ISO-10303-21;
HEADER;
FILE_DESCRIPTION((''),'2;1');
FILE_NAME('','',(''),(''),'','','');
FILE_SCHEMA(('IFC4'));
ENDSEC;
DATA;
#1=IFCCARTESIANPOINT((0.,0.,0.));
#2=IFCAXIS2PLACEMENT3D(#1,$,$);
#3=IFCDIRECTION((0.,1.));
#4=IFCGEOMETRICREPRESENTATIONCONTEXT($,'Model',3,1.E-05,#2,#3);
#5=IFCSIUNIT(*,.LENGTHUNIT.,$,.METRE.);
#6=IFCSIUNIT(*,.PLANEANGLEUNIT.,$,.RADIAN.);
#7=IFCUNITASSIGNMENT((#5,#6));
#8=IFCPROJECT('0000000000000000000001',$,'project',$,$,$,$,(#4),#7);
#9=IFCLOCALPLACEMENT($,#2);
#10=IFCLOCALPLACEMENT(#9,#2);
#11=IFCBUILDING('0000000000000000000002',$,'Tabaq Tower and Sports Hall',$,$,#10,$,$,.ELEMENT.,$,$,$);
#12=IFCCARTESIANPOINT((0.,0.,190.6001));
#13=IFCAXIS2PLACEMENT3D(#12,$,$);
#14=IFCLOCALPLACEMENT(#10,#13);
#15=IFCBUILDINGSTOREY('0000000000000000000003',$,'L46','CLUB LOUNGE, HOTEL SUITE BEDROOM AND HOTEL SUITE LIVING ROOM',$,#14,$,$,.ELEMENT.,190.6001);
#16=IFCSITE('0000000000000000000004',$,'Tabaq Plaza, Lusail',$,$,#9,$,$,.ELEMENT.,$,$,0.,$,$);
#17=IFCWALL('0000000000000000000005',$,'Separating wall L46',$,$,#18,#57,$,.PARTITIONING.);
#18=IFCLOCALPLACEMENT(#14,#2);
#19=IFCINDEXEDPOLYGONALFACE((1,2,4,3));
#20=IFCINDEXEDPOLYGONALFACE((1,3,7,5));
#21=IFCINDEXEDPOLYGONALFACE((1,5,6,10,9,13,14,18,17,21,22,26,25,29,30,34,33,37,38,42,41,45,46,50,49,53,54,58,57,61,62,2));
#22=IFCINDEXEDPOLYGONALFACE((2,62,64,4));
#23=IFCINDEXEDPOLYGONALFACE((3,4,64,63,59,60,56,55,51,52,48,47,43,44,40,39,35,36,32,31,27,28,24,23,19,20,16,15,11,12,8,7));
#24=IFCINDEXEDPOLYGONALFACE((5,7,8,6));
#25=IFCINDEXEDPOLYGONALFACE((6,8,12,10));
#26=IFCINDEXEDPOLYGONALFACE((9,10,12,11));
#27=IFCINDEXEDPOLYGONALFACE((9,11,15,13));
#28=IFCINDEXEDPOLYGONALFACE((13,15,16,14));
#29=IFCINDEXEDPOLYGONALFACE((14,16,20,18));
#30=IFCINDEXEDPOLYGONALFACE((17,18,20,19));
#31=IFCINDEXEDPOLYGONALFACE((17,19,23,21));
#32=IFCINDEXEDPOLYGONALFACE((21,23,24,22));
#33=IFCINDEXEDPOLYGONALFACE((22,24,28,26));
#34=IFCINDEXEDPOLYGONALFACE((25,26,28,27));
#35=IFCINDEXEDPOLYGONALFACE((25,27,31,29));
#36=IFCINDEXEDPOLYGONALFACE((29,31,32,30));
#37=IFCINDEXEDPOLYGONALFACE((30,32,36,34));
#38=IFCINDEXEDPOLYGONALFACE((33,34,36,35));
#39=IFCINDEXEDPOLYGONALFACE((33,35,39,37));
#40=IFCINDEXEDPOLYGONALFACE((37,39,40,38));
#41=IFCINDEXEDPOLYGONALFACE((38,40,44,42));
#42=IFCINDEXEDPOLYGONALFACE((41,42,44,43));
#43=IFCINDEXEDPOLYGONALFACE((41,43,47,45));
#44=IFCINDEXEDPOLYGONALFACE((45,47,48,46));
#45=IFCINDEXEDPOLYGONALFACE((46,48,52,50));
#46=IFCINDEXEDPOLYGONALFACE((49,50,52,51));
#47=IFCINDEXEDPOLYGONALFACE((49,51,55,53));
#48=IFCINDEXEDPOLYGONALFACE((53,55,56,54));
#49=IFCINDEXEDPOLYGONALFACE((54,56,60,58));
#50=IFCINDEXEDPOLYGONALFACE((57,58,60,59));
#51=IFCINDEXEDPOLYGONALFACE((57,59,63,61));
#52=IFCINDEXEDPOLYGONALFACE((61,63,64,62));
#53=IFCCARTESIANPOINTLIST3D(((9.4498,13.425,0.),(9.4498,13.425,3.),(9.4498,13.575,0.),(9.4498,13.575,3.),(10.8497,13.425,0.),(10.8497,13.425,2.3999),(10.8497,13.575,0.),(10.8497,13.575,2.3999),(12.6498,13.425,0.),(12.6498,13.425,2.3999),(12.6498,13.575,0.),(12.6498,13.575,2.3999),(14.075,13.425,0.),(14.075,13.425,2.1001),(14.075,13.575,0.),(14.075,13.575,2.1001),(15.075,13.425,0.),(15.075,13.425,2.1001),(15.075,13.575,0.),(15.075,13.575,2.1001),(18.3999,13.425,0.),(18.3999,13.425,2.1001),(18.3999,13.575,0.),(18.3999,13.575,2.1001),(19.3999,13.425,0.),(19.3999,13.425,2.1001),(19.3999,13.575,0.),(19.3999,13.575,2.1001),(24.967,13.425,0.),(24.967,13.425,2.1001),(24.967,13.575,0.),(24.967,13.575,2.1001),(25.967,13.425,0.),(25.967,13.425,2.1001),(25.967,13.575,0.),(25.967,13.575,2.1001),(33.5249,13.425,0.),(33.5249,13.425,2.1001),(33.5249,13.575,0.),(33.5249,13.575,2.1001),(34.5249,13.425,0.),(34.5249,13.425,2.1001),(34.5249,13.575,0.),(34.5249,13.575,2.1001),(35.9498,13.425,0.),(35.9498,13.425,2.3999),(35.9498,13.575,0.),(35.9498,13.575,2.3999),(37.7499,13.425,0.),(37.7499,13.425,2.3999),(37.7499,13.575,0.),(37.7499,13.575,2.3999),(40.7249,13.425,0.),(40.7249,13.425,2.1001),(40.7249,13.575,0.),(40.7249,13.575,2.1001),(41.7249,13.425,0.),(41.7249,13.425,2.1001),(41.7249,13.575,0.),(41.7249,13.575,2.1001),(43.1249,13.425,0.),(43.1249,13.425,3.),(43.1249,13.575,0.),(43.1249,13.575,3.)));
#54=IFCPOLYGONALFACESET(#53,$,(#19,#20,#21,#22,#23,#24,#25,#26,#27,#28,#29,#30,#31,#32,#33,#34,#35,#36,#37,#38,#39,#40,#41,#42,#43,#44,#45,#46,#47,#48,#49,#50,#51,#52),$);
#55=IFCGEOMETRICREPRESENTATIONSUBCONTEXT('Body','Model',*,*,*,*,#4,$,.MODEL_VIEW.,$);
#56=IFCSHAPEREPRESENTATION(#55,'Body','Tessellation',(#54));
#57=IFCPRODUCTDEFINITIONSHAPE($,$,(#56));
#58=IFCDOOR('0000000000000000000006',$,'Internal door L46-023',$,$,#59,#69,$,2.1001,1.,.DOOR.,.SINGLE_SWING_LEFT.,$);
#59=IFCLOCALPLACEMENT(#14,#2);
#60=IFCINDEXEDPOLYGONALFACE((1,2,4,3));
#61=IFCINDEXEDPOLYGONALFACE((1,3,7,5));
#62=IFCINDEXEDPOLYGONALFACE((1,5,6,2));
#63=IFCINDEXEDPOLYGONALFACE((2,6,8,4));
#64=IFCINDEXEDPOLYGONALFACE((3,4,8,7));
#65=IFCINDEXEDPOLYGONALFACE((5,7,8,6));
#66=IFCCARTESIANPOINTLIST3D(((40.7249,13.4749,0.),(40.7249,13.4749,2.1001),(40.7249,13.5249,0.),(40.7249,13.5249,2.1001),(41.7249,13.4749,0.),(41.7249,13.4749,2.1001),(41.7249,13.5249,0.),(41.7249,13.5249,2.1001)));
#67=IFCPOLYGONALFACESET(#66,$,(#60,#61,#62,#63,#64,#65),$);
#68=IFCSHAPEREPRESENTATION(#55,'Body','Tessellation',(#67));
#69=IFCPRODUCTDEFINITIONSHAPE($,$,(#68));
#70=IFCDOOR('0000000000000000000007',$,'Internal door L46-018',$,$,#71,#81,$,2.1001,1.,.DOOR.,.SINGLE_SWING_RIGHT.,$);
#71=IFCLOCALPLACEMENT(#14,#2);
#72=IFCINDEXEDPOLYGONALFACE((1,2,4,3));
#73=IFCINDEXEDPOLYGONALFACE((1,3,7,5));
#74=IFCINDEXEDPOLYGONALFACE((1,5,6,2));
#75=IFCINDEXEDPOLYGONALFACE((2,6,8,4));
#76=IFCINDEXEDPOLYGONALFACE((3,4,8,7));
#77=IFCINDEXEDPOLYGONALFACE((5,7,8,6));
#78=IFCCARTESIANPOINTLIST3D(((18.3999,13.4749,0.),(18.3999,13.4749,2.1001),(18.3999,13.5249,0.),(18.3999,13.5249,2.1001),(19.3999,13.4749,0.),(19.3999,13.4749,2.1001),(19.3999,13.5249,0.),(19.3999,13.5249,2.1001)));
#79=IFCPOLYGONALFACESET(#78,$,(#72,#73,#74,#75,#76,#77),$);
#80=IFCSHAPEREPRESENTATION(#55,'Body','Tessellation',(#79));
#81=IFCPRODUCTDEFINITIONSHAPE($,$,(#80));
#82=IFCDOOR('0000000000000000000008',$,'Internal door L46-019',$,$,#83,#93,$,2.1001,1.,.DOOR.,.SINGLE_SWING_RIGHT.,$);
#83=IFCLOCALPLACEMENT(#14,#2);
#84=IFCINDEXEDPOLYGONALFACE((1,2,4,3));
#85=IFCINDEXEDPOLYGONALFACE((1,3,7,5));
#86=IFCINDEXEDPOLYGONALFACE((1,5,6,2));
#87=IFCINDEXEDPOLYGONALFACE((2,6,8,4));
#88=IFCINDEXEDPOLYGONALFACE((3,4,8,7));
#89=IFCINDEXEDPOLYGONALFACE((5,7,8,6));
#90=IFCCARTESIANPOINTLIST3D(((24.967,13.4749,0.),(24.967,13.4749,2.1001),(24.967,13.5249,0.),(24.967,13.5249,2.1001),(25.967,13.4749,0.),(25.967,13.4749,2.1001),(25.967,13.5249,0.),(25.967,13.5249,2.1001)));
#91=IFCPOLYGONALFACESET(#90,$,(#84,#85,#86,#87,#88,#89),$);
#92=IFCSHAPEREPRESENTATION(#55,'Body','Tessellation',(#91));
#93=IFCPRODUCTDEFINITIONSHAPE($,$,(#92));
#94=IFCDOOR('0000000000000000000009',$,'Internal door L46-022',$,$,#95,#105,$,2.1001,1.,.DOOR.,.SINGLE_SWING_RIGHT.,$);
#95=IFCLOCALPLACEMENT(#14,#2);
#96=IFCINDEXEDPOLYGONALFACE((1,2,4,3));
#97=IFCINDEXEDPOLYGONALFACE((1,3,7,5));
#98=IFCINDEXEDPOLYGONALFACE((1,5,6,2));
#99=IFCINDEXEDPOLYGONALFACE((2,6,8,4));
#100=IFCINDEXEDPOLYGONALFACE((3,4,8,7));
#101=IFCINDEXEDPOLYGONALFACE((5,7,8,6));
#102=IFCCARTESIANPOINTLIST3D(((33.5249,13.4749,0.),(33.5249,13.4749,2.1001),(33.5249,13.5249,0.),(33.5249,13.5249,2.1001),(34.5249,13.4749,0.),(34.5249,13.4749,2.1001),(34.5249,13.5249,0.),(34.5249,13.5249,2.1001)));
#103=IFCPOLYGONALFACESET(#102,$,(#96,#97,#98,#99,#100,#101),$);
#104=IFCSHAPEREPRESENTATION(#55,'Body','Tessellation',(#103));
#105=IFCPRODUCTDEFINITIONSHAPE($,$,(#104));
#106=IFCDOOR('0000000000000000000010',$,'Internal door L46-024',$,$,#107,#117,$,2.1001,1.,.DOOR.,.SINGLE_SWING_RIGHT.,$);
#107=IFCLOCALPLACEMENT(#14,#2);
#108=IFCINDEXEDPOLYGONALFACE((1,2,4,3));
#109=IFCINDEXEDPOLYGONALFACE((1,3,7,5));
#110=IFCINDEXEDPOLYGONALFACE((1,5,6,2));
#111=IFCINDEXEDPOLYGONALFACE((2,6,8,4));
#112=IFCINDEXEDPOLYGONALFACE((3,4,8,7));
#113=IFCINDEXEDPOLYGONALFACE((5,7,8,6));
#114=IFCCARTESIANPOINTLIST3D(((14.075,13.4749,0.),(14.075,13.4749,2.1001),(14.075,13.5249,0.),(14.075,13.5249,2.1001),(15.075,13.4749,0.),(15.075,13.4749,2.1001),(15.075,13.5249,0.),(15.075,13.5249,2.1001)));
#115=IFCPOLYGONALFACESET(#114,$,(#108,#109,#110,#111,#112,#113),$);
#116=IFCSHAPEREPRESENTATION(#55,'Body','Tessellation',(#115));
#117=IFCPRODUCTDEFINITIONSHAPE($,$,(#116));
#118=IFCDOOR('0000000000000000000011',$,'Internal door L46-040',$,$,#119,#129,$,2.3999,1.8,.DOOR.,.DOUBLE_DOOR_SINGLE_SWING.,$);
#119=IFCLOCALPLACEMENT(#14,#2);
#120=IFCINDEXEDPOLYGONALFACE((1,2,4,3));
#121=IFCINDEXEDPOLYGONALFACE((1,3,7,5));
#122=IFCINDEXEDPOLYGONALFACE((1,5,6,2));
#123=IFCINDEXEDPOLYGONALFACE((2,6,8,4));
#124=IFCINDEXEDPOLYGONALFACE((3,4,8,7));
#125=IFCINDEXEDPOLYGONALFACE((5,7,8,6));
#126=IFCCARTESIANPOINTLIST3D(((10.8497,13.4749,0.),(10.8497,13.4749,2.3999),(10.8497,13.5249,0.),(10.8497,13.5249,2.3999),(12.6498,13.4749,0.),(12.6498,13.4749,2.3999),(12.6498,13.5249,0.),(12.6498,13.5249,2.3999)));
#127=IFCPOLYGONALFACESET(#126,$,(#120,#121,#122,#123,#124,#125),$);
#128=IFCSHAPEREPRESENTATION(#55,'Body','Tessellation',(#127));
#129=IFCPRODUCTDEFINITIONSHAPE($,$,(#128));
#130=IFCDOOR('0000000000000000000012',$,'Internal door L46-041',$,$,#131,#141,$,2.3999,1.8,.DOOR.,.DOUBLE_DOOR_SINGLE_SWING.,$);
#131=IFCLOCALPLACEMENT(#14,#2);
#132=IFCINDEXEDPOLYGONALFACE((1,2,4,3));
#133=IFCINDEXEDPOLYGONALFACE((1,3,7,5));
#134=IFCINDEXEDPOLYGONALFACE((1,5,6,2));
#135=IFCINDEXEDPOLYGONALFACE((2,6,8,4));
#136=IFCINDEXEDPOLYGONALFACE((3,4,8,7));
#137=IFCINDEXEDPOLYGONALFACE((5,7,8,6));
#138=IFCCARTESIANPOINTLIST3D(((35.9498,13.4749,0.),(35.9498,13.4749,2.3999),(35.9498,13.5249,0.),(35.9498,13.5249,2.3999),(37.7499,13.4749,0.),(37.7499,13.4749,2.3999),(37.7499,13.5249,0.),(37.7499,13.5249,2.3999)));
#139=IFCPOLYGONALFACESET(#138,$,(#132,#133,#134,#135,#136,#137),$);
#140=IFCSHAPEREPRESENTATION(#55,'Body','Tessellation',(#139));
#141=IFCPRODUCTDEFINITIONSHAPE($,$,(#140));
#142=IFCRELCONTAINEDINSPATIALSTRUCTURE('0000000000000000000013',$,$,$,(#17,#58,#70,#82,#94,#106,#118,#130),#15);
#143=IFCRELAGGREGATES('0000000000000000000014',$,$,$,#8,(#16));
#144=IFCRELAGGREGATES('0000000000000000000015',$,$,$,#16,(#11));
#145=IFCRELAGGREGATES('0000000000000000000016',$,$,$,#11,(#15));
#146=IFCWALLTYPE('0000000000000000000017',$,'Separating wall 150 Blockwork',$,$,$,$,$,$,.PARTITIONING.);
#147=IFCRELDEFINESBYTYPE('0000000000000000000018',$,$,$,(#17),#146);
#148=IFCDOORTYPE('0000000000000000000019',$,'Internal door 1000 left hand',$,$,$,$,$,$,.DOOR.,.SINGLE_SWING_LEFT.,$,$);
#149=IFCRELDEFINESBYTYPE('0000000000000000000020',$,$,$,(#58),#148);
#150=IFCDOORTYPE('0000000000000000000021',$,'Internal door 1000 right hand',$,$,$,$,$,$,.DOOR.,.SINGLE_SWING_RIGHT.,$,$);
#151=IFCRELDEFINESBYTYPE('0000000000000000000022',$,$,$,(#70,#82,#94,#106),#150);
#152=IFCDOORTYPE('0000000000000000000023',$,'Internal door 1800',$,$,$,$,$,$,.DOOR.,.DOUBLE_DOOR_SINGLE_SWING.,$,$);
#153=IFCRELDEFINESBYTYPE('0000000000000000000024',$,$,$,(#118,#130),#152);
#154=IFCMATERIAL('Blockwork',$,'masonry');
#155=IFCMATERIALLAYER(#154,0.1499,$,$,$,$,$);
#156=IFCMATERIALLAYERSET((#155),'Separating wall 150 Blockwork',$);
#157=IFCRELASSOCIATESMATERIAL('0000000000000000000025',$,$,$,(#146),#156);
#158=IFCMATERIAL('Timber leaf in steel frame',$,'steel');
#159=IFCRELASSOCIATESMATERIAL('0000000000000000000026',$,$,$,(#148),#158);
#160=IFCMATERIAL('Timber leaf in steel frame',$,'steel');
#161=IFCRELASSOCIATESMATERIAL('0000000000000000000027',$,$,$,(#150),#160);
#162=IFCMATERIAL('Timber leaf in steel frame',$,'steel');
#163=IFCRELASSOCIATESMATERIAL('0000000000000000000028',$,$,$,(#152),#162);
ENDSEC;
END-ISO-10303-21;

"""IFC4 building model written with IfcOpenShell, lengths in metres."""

from ifc_helpers import new_model, si_unit, direction, frame, frame_2d, origin, place, context, subcontext, project, spatial, rectangle, extrude, material, layer, layer_set, type_object, element, fill, save


model = new_model("IFC4")

# Units and contexts
model_context = context("Model", 3, precision=1e-05, world=origin(), true_north=direction((0.0, 1.0)))
body_context = subcontext(model_context, "Body", "Model", "MODEL_VIEW")
ifc_project = project(units=[si_unit("LENGTHUNIT", "METRE"), si_unit("PLANEANGLEUNIT", "RADIAN")], contexts=[model_context])

# Site, building, storey
site_placement = place(None, origin())
site = spatial("IfcSite", under=ifc_project, at=site_placement, Name="Tabaq Plaza, Lusail", CompositionType="ELEMENT", RefElevation=0.0)
building_placement = place(site_placement, origin())
building = spatial("IfcBuilding", under=site, at=building_placement, Name="Tabaq Tower and Sports Hall", CompositionType="ELEMENT")
storey_placement = place(building_placement, frame((0.0, 0.0, 190.6001)))
storey = spatial("IfcBuildingStorey", under=building, at=storey_placement, Name="L46", Description="CLUB LOUNGE, HOTEL SUITE BEDROOM AND HOTEL SUITE LIVING ROOM", CompositionType="ELEMENT", Elevation=190.6001)

# Wall, openings, doors
ifc_material_1 = material(Name="Blockwork", Category="masonry")
ifc_layer_1 = layer(ifc_material_1, 0.1499)
ifc_layer_set_1 = layer_set([ifc_layer_1], Name="Separating wall 150 Blockwork")
wall_type_1 = type_object("IfcWallType", Name="Separating wall 150 Blockwork", PredefinedType="PARTITIONING", material=ifc_layer_set_1)
ifc_material_2 = material(Name="Timber leaf in steel frame", Category="steel")
door_type_1 = type_object("IfcDoorType", Name="Internal door 1000 left hand", OperationType="SINGLE_SWING_LEFT", PredefinedType="DOOR", material=ifc_material_2)
wall_1_placement = place(storey_placement, frame((9.45, 13.5, 0.0), z_axis=(0.0, 0.0, 1.0), x_axis=(1.0, 0.0, 0.0)))
wall_1 = element("IfcWall", 1, at=wall_1_placement, inside=storey, type_object=wall_type_1, Name="Separating wall L46", PredefinedType="PARTITIONING", context=body_context, shape_type="SweptSolid", body=[
    extrude(rectangle(XDim=33.675, YDim=0.1499, at=frame_2d((16.8374, 0.0))), origin(), (0.0, 0.0, 1.0), 3.0),
])
opening_1_placement = place(wall_1_placement, frame((8.95, 0.0, 0.0)))
opening_1 = element("IfcOpeningElement", 2, at=opening_1_placement, cuts=wall_1, PredefinedType="OPENING", context=body_context, shape_type="SweptSolid", body=[
    extrude(rectangle(XDim=1.0, YDim=2.1001, at=frame_2d((0.5, 1.05))), frame((0.0, 0.075, 0.0), z_axis=(0.0, -1.0, 0.0), x_axis=(1.0, 0.0, 0.0)), (0.0, 0.0, 1.0), 0.1499),
])
opening_2_placement = place(wall_1_placement, frame((15.5171, 0.0, 0.0)))
opening_2 = element("IfcOpeningElement", 3, at=opening_2_placement, cuts=wall_1, PredefinedType="OPENING", context=body_context, shape_type="SweptSolid", body=[
    extrude(rectangle(XDim=1.0, YDim=2.1001, at=frame_2d((0.5, 1.05))), frame((0.0, 0.075, 0.0), z_axis=(0.0, -1.0, 0.0), x_axis=(1.0, 0.0, 0.0)), (0.0, 0.0, 1.0), 0.1499),
])
opening_3_placement = place(wall_1_placement, frame((24.075, 0.0, 0.0)))
opening_3 = element("IfcOpeningElement", 4, at=opening_3_placement, cuts=wall_1, PredefinedType="OPENING", context=body_context, shape_type="SweptSolid", body=[
    extrude(rectangle(XDim=1.0, YDim=2.1001, at=frame_2d((0.5, 1.05))), frame((0.0, 0.075, 0.0), z_axis=(0.0, -1.0, 0.0), x_axis=(1.0, 0.0, 0.0)), (0.0, 0.0, 1.0), 0.1499),
])
opening_4_placement = place(wall_1_placement, frame((31.2749, 0.0, 0.0)))
opening_4 = element("IfcOpeningElement", 5, at=opening_4_placement, cuts=wall_1, PredefinedType="OPENING", context=body_context, shape_type="SweptSolid", body=[
    extrude(rectangle(XDim=1.0, YDim=2.1001, at=frame_2d((0.5, 1.05))), frame((0.0, 0.075, 0.0), z_axis=(0.0, -1.0, 0.0), x_axis=(1.0, 0.0, 0.0)), (0.0, 0.0, 1.0), 0.1499),
])
opening_5_placement = place(wall_1_placement, frame((4.625, 0.0, 0.0)))
opening_5 = element("IfcOpeningElement", 6, at=opening_5_placement, cuts=wall_1, PredefinedType="OPENING", context=body_context, shape_type="SweptSolid", body=[
    extrude(rectangle(XDim=1.0, YDim=2.1001, at=frame_2d((0.5, 1.05))), frame((0.0, 0.075, 0.0), z_axis=(0.0, -1.0, 0.0), x_axis=(1.0, 0.0, 0.0)), (0.0, 0.0, 1.0), 0.1499),
])
opening_6_placement = place(wall_1_placement, frame((1.3999, 0.0, 0.0)))
opening_6 = element("IfcOpeningElement", 7, at=opening_6_placement, cuts=wall_1, PredefinedType="OPENING", context=body_context, shape_type="SweptSolid", body=[
    extrude(rectangle(XDim=1.8, YDim=2.3999, at=frame_2d((0.8999, 1.2))), frame((0.0, 0.075, 0.0), z_axis=(0.0, -1.0, 0.0), x_axis=(1.0, 0.0, 0.0)), (0.0, 0.0, 1.0), 0.1499),
])
opening_7_placement = place(wall_1_placement, frame((26.5, 0.0, 0.0)))
opening_7 = element("IfcOpeningElement", 8, at=opening_7_placement, cuts=wall_1, PredefinedType="OPENING", context=body_context, shape_type="SweptSolid", body=[
    extrude(rectangle(XDim=1.8, YDim=2.3999, at=frame_2d((0.8999, 1.2))), frame((0.0, 0.075, 0.0), z_axis=(0.0, -1.0, 0.0), x_axis=(1.0, 0.0, 0.0)), (0.0, 0.0, 1.0), 0.1499),
])
door_1_placement = place(opening_4_placement, origin())
door_1 = element("IfcDoor", 9, at=door_1_placement, inside=storey, type_object=door_type_1, Name="Internal door L46-023", OperationType="SINGLE_SWING_LEFT", OverallHeight=2.1001, OverallWidth=1.0, PredefinedType="DOOR", context=body_context, shape_type="SweptSolid", body=[
    extrude(rectangle(XDim=1.0, YDim=2.1001, at=frame_2d((0.5, 1.05))), frame((0.0, 0.0249, 0.0), z_axis=(0.0, -1.0, 0.0), x_axis=(1.0, 0.0, 0.0)), (0.0, 0.0, 1.0), 0.05),
])
fill(opening_4, door_1)
ifc_material_3 = material(Name="Timber leaf in steel frame", Category="steel")
door_type_2 = type_object("IfcDoorType", Name="Internal door 1000 right hand", OperationType="SINGLE_SWING_RIGHT", PredefinedType="DOOR", material=ifc_material_3)
door_2_placement = place(opening_1_placement, origin())
door_2 = element("IfcDoor", 10, at=door_2_placement, inside=storey, type_object=door_type_2, Name="Internal door L46-018", OperationType="SINGLE_SWING_RIGHT", OverallHeight=2.1001, OverallWidth=1.0, PredefinedType="DOOR", context=body_context, shape_type="SweptSolid", body=[
    extrude(rectangle(XDim=1.0, YDim=2.1001, at=frame_2d((0.5, 1.05))), frame((0.0, 0.0249, 0.0), z_axis=(0.0, -1.0, 0.0), x_axis=(1.0, 0.0, 0.0)), (0.0, 0.0, 1.0), 0.05),
])
fill(opening_1, door_2)
door_3_placement = place(opening_2_placement, origin())
door_3 = element("IfcDoor", 11, at=door_3_placement, inside=storey, type_object=door_type_2, Name="Internal door L46-019", OperationType="SINGLE_SWING_RIGHT", OverallHeight=2.1001, OverallWidth=1.0, PredefinedType="DOOR", context=body_context, shape_type="SweptSolid", body=[
    extrude(rectangle(XDim=1.0, YDim=2.1001, at=frame_2d((0.5, 1.05))), frame((0.0, 0.0249, 0.0), z_axis=(0.0, -1.0, 0.0), x_axis=(1.0, 0.0, 0.0)), (0.0, 0.0, 1.0), 0.05),
])
fill(opening_2, door_3)
door_4_placement = place(opening_3_placement, origin())
door_4 = element("IfcDoor", 12, at=door_4_placement, inside=storey, type_object=door_type_2, Name="Internal door L46-022", OperationType="SINGLE_SWING_RIGHT", OverallHeight=2.1001, OverallWidth=1.0, PredefinedType="DOOR", context=body_context, shape_type="SweptSolid", body=[
    extrude(rectangle(XDim=1.0, YDim=2.1001, at=frame_2d((0.5, 1.05))), frame((0.0, 0.0249, 0.0), z_axis=(0.0, -1.0, 0.0), x_axis=(1.0, 0.0, 0.0)), (0.0, 0.0, 1.0), 0.05),
])
fill(opening_3, door_4)
door_5_placement = place(opening_5_placement, origin())
door_5 = element("IfcDoor", 13, at=door_5_placement, inside=storey, type_object=door_type_2, Name="Internal door L46-024", OperationType="SINGLE_SWING_RIGHT", OverallHeight=2.1001, OverallWidth=1.0, PredefinedType="DOOR", context=body_context, shape_type="SweptSolid", body=[
    extrude(rectangle(XDim=1.0, YDim=2.1001, at=frame_2d((0.5, 1.05))), frame((0.0, 0.0249, 0.0), z_axis=(0.0, -1.0, 0.0), x_axis=(1.0, 0.0, 0.0)), (0.0, 0.0, 1.0), 0.05),
])
fill(opening_5, door_5)
ifc_material_4 = material(Name="Timber leaf in steel frame", Category="steel")
door_type_3 = type_object("IfcDoorType", Name="Internal door 1800", OperationType="DOUBLE_DOOR_SINGLE_SWING", PredefinedType="DOOR", material=ifc_material_4)
door_6_placement = place(opening_6_placement, origin())
door_6 = element("IfcDoor", 14, at=door_6_placement, inside=storey, type_object=door_type_3, Name="Internal door L46-040", OperationType="DOUBLE_DOOR_SINGLE_SWING", OverallHeight=2.3999, OverallWidth=1.8, PredefinedType="DOOR", context=body_context, shape_type="SweptSolid", body=[
    extrude(rectangle(XDim=1.8, YDim=2.3999, at=frame_2d((0.8999, 1.2))), frame((0.0, 0.0249, 0.0), z_axis=(0.0, -1.0, 0.0), x_axis=(1.0, 0.0, 0.0)), (0.0, 0.0, 1.0), 0.05),
])
fill(opening_6, door_6)
door_7_placement = place(opening_7_placement, origin())
door_7 = element("IfcDoor", 15, at=door_7_placement, inside=storey, type_object=door_type_3, Name="Internal door L46-041", OperationType="DOUBLE_DOOR_SINGLE_SWING", OverallHeight=2.3999, OverallWidth=1.8, PredefinedType="DOOR", context=body_context, shape_type="SweptSolid", body=[
    extrude(rectangle(XDim=1.8, YDim=2.3999, at=frame_2d((0.8999, 1.2))), frame((0.0, 0.0249, 0.0), z_axis=(0.0, -1.0, 0.0), x_axis=(1.0, 0.0, 0.0)), (0.0, 0.0, 1.0), 0.05),
])
fill(opening_7, door_7)

save(model, "model.ifc")
